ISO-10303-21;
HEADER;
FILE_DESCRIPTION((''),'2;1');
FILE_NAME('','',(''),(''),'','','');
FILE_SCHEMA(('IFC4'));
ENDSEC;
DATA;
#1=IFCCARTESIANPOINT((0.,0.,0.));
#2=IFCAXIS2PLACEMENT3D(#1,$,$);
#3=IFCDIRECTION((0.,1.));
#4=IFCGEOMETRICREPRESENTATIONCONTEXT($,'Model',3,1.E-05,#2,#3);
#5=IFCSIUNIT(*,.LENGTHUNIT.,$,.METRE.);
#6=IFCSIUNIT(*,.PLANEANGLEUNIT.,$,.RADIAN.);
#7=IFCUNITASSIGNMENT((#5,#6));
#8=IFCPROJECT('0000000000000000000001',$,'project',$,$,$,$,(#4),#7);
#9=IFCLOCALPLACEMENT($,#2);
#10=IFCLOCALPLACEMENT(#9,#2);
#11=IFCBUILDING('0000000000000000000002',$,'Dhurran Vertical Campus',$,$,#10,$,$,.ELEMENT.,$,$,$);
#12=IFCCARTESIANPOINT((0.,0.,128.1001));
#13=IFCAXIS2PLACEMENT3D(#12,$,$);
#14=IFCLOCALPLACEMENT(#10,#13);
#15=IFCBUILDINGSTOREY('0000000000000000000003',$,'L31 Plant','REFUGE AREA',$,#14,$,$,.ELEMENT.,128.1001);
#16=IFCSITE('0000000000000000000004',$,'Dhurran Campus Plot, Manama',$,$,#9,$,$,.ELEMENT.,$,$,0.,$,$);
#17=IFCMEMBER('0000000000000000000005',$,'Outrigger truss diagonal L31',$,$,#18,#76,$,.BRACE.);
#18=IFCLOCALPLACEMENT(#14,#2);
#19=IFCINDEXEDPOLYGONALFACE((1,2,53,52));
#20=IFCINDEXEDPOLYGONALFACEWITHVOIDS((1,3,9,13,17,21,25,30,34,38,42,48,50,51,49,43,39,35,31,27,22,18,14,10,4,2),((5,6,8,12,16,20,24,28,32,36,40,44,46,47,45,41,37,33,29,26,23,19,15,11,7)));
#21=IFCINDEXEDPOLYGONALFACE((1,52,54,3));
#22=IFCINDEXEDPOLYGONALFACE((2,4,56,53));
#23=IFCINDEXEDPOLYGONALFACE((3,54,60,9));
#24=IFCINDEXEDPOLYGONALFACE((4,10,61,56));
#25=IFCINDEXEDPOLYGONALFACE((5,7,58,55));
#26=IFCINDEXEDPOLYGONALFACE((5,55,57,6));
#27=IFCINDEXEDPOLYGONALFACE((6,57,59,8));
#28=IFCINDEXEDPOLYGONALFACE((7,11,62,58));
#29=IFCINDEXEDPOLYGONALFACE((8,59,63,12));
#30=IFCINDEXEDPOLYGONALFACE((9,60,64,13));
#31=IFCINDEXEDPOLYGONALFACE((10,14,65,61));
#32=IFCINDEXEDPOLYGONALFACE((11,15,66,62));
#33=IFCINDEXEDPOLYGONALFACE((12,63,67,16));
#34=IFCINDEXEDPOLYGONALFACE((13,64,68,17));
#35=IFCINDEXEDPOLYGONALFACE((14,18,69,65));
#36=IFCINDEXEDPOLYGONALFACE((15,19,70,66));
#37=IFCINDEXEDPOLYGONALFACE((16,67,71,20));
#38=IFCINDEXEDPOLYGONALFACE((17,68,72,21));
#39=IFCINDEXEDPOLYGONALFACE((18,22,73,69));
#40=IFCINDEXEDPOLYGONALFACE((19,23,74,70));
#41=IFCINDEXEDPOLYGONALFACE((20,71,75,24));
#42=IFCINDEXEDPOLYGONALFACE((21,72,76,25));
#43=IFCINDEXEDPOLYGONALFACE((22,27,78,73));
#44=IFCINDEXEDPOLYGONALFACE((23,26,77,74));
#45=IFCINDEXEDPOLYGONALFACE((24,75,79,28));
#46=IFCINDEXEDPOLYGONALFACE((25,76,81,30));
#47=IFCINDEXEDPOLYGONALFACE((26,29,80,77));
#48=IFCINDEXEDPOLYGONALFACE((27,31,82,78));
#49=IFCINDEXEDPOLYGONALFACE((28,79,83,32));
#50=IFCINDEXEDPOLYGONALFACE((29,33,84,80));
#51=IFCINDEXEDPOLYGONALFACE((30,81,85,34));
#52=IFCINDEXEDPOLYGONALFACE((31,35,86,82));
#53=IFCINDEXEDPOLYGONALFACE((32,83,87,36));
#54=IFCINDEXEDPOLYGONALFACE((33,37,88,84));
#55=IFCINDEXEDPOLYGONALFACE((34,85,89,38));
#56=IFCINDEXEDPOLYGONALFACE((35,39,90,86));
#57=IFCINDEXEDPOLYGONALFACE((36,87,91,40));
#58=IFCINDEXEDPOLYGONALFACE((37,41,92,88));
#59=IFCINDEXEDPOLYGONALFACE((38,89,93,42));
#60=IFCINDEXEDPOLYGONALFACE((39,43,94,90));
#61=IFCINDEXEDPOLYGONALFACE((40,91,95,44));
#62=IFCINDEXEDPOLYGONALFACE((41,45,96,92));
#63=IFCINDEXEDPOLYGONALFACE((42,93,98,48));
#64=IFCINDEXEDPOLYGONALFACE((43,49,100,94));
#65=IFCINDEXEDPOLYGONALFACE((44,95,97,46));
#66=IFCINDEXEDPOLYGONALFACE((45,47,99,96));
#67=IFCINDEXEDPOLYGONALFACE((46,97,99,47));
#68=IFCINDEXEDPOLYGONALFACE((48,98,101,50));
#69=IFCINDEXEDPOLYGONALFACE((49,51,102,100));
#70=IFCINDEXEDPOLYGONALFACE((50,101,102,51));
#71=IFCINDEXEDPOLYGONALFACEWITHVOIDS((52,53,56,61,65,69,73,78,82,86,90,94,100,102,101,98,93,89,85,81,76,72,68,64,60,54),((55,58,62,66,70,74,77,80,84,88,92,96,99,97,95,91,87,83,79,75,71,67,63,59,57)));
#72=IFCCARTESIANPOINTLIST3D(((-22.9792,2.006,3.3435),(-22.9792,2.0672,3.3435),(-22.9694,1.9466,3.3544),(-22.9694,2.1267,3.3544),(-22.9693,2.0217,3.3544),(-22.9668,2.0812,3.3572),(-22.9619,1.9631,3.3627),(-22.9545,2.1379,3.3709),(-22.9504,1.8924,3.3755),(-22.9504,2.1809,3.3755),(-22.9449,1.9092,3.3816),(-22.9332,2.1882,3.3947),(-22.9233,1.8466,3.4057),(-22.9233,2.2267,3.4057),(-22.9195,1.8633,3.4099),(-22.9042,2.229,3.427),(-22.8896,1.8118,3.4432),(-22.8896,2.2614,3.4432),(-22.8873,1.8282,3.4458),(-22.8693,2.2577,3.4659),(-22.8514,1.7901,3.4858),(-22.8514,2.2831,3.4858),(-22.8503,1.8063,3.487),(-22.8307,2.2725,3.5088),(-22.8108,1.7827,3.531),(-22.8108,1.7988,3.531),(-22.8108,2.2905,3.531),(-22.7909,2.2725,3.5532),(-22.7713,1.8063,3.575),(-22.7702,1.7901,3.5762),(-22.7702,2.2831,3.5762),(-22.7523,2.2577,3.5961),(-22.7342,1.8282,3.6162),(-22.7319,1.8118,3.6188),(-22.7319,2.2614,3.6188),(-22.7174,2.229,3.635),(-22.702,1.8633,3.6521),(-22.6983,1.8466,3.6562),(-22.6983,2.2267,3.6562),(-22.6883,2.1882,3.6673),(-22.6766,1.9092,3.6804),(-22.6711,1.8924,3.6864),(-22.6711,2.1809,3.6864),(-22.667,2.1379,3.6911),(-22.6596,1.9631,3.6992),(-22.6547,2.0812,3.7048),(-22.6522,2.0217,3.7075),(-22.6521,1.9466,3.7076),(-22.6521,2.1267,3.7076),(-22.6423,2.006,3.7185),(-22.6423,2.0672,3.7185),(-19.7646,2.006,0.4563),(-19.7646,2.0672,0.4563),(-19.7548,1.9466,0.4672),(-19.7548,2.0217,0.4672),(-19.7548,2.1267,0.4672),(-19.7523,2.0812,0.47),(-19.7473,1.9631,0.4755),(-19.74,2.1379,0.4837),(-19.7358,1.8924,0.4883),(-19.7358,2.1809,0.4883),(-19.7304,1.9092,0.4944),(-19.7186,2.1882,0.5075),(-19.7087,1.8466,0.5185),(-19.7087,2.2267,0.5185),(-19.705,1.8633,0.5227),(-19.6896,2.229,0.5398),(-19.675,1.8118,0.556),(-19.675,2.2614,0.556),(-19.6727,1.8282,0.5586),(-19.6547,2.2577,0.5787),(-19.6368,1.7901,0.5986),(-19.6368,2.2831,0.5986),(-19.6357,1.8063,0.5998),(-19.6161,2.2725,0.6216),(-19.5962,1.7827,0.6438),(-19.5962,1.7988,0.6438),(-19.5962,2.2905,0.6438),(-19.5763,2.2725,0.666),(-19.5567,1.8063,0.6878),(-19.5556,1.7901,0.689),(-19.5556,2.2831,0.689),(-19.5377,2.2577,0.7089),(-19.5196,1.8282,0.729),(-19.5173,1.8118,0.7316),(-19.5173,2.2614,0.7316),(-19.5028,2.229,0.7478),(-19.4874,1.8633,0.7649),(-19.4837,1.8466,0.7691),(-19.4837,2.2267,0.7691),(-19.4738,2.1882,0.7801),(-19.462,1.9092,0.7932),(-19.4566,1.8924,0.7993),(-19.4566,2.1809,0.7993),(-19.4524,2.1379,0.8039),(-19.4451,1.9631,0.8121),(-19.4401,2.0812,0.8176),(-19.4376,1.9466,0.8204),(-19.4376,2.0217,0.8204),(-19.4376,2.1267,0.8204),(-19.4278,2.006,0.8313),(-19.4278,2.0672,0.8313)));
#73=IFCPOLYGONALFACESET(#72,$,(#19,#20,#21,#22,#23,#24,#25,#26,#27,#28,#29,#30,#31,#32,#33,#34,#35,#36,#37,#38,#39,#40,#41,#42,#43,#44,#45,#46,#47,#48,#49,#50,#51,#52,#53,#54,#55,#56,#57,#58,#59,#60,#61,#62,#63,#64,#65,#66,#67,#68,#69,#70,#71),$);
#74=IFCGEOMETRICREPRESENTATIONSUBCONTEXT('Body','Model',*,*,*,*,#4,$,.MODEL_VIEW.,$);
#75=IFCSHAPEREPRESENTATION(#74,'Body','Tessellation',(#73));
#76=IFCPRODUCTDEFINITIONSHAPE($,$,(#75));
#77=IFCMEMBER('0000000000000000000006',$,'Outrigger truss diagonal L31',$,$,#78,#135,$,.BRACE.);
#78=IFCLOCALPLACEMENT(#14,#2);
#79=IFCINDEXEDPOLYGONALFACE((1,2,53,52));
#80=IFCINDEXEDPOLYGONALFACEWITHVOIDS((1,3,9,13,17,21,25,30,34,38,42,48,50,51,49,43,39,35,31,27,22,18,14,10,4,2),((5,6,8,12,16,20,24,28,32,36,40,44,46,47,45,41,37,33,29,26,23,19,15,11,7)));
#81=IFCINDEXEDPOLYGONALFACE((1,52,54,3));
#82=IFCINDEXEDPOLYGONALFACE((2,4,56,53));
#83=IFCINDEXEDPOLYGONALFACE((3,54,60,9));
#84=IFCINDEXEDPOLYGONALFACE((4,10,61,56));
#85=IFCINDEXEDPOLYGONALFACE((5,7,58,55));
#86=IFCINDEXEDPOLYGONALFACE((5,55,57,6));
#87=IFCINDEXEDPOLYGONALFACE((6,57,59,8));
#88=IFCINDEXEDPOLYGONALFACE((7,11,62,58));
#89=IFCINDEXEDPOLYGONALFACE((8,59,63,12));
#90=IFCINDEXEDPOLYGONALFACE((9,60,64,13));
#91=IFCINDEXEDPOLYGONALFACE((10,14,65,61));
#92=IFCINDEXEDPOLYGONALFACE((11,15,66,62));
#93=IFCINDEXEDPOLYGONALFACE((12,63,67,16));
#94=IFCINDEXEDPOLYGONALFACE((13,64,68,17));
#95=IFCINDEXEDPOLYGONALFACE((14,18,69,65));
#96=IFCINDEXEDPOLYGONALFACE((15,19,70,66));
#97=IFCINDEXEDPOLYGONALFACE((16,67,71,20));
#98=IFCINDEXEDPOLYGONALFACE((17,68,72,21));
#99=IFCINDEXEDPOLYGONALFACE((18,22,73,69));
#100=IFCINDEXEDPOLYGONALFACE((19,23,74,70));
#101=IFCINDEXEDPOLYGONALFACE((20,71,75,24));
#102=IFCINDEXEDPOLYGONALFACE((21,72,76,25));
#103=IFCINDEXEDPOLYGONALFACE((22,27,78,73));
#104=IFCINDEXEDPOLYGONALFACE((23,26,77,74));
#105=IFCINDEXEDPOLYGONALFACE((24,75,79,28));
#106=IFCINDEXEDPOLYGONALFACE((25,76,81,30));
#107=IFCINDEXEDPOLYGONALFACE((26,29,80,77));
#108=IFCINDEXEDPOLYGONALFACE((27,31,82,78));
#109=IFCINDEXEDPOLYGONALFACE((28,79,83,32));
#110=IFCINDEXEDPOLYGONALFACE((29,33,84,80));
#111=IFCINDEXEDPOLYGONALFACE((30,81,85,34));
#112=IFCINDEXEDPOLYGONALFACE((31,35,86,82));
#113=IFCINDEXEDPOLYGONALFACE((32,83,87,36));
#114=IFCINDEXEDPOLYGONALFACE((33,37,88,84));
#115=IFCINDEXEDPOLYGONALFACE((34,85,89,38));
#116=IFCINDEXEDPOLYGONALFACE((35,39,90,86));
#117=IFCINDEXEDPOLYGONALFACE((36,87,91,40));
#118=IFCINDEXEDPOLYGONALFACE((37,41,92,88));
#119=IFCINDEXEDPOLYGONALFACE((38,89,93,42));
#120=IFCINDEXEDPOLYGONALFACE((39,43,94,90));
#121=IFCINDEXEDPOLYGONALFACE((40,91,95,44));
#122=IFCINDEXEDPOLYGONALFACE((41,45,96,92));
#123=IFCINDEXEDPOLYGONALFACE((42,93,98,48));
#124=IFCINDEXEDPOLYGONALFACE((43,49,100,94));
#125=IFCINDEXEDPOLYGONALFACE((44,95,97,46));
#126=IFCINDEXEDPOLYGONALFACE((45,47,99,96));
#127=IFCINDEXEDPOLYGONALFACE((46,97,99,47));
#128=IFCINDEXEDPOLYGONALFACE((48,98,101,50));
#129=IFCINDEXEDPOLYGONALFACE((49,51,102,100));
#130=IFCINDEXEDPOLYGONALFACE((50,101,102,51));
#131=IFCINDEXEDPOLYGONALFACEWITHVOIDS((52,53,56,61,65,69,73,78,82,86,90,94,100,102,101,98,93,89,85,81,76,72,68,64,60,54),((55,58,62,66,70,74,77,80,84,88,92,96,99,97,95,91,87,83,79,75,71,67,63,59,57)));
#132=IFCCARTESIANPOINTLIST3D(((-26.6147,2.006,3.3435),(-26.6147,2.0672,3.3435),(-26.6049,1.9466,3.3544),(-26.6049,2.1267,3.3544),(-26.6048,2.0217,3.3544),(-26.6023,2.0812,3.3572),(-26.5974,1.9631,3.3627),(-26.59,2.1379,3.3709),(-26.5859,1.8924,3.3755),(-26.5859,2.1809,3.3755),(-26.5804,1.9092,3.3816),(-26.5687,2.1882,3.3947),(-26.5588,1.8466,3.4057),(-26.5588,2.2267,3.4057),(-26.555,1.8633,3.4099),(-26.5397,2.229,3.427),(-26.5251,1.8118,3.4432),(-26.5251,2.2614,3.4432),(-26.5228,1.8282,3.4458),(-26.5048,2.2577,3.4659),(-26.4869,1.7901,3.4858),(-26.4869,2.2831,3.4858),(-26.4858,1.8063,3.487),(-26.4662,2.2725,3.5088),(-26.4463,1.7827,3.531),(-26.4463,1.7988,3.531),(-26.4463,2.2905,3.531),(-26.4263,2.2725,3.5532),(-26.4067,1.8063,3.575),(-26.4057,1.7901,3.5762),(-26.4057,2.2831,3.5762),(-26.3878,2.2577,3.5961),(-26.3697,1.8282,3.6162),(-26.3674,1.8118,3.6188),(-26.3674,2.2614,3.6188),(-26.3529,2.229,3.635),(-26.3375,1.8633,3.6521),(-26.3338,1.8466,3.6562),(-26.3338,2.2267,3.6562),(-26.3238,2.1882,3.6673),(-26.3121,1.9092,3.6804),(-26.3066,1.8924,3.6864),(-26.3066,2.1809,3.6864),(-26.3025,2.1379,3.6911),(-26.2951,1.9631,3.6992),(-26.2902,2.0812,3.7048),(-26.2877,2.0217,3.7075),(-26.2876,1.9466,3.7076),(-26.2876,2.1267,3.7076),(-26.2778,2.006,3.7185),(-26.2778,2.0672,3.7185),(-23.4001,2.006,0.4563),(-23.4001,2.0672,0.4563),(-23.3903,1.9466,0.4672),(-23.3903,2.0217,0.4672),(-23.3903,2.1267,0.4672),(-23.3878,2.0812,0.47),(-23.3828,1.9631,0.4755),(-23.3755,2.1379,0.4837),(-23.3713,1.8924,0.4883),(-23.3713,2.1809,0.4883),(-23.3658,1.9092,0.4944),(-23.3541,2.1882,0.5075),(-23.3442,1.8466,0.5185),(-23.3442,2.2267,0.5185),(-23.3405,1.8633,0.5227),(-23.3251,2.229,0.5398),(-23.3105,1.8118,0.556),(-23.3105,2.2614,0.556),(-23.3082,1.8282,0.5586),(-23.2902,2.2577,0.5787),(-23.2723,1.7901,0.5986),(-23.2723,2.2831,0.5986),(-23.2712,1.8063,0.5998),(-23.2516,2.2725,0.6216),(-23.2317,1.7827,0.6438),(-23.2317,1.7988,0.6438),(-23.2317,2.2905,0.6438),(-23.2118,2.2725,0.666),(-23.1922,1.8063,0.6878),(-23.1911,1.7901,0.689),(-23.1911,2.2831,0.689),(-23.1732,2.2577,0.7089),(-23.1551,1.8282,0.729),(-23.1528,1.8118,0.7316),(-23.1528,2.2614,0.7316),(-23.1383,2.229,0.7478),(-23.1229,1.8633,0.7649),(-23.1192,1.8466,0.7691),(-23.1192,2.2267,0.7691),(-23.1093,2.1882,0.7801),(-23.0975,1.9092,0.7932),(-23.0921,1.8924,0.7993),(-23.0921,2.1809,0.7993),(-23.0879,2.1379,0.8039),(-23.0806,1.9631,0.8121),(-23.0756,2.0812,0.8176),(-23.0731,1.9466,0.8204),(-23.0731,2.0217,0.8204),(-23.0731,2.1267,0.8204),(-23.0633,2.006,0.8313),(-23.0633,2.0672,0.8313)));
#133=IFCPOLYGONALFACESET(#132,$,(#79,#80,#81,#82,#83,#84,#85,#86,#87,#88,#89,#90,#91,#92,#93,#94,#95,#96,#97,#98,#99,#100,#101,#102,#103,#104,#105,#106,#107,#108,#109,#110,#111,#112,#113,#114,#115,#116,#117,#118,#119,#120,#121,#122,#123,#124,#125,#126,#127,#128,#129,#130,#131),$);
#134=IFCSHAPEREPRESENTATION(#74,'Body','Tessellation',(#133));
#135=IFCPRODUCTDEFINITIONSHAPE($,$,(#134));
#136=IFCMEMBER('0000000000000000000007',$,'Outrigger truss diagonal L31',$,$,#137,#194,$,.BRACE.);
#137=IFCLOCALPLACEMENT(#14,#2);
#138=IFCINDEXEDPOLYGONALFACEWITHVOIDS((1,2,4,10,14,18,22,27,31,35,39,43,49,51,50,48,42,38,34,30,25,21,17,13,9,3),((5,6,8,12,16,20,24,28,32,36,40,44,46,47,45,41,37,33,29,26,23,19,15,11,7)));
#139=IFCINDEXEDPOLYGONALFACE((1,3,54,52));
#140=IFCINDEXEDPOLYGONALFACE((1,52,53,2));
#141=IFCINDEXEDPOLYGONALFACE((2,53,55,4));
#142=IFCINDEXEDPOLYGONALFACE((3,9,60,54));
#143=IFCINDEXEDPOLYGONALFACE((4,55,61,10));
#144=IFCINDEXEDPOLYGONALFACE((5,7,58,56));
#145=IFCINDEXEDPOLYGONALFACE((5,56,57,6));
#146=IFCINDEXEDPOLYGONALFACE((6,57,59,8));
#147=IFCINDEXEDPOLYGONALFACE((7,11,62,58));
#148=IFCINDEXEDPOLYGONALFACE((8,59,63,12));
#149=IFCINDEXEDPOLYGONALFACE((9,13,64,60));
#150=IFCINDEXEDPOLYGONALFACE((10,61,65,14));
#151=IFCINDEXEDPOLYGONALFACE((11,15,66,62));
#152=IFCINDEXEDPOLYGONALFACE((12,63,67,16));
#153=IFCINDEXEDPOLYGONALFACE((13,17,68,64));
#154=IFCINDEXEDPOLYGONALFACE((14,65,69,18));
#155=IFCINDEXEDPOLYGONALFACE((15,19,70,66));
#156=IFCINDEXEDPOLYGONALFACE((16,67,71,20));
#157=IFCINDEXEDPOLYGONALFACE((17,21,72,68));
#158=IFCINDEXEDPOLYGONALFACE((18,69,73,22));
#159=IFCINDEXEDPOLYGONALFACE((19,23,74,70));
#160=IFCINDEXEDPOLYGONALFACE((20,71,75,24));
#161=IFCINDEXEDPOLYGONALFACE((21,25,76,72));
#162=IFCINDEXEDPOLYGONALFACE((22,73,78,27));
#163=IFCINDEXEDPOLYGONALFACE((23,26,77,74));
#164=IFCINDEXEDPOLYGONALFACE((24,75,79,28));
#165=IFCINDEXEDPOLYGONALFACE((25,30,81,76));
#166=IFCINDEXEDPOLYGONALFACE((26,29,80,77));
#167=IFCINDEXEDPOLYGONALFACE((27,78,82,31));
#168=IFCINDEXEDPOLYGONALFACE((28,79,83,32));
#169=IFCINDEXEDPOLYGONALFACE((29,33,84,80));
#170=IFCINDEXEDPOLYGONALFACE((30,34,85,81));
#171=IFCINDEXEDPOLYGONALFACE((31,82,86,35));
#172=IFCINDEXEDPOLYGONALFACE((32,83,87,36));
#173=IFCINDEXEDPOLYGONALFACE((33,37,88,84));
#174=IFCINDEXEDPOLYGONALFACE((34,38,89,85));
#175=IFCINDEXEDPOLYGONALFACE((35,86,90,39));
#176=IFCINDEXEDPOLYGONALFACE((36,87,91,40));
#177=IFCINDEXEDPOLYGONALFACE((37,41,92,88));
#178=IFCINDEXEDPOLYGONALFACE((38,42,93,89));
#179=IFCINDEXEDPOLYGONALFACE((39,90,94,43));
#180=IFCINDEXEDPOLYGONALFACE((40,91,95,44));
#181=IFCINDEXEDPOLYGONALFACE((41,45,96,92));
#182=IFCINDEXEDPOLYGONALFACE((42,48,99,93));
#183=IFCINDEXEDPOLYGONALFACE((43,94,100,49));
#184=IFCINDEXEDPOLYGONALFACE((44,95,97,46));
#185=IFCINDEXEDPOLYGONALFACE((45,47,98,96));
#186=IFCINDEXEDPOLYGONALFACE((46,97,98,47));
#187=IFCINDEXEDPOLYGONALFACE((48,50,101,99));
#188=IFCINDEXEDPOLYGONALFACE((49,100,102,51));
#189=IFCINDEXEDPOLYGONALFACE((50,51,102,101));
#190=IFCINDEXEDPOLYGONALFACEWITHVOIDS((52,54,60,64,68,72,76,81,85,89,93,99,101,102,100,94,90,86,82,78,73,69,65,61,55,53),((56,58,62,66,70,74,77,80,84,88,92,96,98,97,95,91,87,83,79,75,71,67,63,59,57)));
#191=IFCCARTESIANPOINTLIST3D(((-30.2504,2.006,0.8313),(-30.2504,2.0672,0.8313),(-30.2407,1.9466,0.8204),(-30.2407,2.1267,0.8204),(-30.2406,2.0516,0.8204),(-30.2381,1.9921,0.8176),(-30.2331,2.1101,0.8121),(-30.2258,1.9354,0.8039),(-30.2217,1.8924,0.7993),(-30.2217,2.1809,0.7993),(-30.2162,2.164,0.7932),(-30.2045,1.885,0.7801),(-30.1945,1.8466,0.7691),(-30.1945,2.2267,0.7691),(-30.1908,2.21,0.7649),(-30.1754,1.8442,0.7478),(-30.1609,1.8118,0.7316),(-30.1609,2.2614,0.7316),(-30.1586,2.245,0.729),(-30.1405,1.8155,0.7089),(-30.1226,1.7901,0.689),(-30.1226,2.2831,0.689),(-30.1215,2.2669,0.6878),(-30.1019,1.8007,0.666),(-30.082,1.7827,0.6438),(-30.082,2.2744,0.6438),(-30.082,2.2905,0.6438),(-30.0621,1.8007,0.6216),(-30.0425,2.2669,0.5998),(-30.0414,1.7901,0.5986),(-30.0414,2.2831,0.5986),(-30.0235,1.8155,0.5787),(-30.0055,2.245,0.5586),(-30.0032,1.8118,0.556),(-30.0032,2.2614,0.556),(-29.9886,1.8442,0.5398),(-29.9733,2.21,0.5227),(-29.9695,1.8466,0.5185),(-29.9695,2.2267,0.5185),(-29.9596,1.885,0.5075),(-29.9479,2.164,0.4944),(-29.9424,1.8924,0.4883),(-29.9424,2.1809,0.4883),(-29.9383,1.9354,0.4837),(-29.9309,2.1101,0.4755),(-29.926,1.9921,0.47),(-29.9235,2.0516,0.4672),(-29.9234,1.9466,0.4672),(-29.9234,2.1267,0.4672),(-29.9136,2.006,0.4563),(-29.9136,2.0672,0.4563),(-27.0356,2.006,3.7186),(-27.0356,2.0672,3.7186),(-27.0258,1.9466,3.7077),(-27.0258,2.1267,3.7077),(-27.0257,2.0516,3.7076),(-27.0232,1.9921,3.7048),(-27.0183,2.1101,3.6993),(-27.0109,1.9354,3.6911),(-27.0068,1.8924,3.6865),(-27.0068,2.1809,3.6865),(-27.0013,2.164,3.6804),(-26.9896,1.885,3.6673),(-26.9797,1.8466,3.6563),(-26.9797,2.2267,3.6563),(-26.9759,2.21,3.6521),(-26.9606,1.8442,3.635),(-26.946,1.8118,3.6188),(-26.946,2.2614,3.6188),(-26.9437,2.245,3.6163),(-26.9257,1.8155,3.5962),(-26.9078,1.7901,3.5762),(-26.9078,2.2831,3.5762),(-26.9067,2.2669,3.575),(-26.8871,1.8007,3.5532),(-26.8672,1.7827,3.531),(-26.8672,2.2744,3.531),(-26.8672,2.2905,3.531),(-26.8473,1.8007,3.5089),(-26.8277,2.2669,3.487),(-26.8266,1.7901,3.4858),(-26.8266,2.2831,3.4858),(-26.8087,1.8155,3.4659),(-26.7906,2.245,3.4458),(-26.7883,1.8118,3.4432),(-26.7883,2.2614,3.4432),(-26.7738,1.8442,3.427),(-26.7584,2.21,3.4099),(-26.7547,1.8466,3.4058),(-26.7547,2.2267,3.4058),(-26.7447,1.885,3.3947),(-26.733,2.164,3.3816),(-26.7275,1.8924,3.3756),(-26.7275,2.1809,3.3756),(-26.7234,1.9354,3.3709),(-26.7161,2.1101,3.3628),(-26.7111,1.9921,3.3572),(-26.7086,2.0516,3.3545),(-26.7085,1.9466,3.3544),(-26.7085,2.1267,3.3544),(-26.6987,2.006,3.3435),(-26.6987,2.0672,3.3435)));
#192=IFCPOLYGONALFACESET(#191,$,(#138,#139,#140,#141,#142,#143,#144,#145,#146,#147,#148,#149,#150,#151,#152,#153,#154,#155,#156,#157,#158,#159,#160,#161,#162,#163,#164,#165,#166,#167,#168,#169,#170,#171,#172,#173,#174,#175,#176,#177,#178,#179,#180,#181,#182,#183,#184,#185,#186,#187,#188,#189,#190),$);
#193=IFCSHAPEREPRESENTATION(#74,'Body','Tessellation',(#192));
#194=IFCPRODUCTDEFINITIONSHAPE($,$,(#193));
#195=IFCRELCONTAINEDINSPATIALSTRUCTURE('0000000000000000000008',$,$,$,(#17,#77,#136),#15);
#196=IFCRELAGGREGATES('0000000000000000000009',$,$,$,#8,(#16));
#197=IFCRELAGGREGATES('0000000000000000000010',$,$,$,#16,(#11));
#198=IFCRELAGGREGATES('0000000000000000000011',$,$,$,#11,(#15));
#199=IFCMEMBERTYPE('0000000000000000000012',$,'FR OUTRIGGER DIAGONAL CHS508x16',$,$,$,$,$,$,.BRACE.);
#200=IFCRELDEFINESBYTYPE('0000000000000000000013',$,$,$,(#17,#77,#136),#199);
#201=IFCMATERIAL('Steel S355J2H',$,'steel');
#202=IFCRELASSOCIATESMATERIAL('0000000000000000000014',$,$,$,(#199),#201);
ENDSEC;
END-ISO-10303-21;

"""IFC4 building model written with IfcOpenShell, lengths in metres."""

from ifc_helpers import new_model, si_unit, direction, frame, origin, origin_2d, place, context, subcontext, project, spatial, hollow_circle, extrude, material, material_profile, profile_set, type_object, element, save


model = new_model("IFC4")

# Units and contexts
model_context = context("Model", 3, precision=1e-05, world=origin(), true_north=direction((0.0, 1.0)))
body_context = subcontext(model_context, "Body", "Model", "MODEL_VIEW")
ifc_project = project(units=[si_unit("LENGTHUNIT", "METRE"), si_unit("PLANEANGLEUNIT", "RADIAN")], contexts=[model_context])

# Site, building, storey
site_placement = place(None, origin())
site = spatial("IfcSite", under=ifc_project, at=site_placement, Name="Dhurran Campus Plot, Manama", CompositionType="ELEMENT", RefElevation=0.0)
building_placement = place(site_placement, origin())
building = spatial("IfcBuilding", under=site, at=building_placement, Name="Dhurran Vertical Campus", CompositionType="ELEMENT")
storey_placement = place(building_placement, frame((0.0, 0.0, 128.1001)))
storey = spatial("IfcBuildingStorey", under=building, at=storey_placement, Name="L31 Plant", Description="REFUGE AREA", CompositionType="ELEMENT", Elevation=128.1001)

# Members
ifc_material_1 = material(Name="Steel S355J2H", Category="steel")
ifc_material_profile_1 = material_profile(ifc_material_1, hollow_circle(Radius=0.2539, WallThickness=0.0161, at=origin_2d()), Name="CHS508x16")
ifc_profile_set_1 = profile_set([ifc_material_profile_1], Name="Steel S355J2H")
member_type_1 = type_object("IfcMemberType", Name="FR OUTRIGGER DIAGONAL CHS508x16", PredefinedType="BRACE", material=ifc_profile_set_1)
for number, where, z_axis, x_axis, name in (
    (1, (-19.5962, 2.0366, 0.6438), (-0.743976, 0.0, 0.668206), (0.0, -1.0, 0.0), "Outrigger truss diagonal L31"),
    (2, (-23.2317, 2.0366, 0.6438), (-0.743976, 0.0, 0.668206), (0.0, -1.0, 0.0), "Outrigger truss diagonal L31"),
):
    element("IfcMember", number, at=place(storey_placement, frame(where, z_axis=z_axis, x_axis=x_axis)), inside=storey, type_object=member_type_1, Name=name, PredefinedType="BRACE", context=body_context, shape_type="SweptSolid", body=[
        extrude(hollow_circle(Radius=0.2539, WallThickness=0.0161, at=origin_2d()), origin(), (0.0, 0.0, 1.0), 4.3208),
    ])
member_placement = place(storey_placement, frame((-30.082, 2.0366, 0.6438), z_axis=(0.744002, 0.0, 0.668178), x_axis=(0.0, 1.0, 0.0)))
element("IfcMember", 3, at=member_placement, inside=storey, type_object=member_type_1, Name="Outrigger truss diagonal L31", PredefinedType="BRACE", context=body_context, shape_type="SweptSolid", body=[
    extrude(hollow_circle(Radius=0.2539, WallThickness=0.0161, at=origin_2d()), origin(), (0.0, 0.0, 1.0), 4.321),
])

save(model, "model.ifc")
